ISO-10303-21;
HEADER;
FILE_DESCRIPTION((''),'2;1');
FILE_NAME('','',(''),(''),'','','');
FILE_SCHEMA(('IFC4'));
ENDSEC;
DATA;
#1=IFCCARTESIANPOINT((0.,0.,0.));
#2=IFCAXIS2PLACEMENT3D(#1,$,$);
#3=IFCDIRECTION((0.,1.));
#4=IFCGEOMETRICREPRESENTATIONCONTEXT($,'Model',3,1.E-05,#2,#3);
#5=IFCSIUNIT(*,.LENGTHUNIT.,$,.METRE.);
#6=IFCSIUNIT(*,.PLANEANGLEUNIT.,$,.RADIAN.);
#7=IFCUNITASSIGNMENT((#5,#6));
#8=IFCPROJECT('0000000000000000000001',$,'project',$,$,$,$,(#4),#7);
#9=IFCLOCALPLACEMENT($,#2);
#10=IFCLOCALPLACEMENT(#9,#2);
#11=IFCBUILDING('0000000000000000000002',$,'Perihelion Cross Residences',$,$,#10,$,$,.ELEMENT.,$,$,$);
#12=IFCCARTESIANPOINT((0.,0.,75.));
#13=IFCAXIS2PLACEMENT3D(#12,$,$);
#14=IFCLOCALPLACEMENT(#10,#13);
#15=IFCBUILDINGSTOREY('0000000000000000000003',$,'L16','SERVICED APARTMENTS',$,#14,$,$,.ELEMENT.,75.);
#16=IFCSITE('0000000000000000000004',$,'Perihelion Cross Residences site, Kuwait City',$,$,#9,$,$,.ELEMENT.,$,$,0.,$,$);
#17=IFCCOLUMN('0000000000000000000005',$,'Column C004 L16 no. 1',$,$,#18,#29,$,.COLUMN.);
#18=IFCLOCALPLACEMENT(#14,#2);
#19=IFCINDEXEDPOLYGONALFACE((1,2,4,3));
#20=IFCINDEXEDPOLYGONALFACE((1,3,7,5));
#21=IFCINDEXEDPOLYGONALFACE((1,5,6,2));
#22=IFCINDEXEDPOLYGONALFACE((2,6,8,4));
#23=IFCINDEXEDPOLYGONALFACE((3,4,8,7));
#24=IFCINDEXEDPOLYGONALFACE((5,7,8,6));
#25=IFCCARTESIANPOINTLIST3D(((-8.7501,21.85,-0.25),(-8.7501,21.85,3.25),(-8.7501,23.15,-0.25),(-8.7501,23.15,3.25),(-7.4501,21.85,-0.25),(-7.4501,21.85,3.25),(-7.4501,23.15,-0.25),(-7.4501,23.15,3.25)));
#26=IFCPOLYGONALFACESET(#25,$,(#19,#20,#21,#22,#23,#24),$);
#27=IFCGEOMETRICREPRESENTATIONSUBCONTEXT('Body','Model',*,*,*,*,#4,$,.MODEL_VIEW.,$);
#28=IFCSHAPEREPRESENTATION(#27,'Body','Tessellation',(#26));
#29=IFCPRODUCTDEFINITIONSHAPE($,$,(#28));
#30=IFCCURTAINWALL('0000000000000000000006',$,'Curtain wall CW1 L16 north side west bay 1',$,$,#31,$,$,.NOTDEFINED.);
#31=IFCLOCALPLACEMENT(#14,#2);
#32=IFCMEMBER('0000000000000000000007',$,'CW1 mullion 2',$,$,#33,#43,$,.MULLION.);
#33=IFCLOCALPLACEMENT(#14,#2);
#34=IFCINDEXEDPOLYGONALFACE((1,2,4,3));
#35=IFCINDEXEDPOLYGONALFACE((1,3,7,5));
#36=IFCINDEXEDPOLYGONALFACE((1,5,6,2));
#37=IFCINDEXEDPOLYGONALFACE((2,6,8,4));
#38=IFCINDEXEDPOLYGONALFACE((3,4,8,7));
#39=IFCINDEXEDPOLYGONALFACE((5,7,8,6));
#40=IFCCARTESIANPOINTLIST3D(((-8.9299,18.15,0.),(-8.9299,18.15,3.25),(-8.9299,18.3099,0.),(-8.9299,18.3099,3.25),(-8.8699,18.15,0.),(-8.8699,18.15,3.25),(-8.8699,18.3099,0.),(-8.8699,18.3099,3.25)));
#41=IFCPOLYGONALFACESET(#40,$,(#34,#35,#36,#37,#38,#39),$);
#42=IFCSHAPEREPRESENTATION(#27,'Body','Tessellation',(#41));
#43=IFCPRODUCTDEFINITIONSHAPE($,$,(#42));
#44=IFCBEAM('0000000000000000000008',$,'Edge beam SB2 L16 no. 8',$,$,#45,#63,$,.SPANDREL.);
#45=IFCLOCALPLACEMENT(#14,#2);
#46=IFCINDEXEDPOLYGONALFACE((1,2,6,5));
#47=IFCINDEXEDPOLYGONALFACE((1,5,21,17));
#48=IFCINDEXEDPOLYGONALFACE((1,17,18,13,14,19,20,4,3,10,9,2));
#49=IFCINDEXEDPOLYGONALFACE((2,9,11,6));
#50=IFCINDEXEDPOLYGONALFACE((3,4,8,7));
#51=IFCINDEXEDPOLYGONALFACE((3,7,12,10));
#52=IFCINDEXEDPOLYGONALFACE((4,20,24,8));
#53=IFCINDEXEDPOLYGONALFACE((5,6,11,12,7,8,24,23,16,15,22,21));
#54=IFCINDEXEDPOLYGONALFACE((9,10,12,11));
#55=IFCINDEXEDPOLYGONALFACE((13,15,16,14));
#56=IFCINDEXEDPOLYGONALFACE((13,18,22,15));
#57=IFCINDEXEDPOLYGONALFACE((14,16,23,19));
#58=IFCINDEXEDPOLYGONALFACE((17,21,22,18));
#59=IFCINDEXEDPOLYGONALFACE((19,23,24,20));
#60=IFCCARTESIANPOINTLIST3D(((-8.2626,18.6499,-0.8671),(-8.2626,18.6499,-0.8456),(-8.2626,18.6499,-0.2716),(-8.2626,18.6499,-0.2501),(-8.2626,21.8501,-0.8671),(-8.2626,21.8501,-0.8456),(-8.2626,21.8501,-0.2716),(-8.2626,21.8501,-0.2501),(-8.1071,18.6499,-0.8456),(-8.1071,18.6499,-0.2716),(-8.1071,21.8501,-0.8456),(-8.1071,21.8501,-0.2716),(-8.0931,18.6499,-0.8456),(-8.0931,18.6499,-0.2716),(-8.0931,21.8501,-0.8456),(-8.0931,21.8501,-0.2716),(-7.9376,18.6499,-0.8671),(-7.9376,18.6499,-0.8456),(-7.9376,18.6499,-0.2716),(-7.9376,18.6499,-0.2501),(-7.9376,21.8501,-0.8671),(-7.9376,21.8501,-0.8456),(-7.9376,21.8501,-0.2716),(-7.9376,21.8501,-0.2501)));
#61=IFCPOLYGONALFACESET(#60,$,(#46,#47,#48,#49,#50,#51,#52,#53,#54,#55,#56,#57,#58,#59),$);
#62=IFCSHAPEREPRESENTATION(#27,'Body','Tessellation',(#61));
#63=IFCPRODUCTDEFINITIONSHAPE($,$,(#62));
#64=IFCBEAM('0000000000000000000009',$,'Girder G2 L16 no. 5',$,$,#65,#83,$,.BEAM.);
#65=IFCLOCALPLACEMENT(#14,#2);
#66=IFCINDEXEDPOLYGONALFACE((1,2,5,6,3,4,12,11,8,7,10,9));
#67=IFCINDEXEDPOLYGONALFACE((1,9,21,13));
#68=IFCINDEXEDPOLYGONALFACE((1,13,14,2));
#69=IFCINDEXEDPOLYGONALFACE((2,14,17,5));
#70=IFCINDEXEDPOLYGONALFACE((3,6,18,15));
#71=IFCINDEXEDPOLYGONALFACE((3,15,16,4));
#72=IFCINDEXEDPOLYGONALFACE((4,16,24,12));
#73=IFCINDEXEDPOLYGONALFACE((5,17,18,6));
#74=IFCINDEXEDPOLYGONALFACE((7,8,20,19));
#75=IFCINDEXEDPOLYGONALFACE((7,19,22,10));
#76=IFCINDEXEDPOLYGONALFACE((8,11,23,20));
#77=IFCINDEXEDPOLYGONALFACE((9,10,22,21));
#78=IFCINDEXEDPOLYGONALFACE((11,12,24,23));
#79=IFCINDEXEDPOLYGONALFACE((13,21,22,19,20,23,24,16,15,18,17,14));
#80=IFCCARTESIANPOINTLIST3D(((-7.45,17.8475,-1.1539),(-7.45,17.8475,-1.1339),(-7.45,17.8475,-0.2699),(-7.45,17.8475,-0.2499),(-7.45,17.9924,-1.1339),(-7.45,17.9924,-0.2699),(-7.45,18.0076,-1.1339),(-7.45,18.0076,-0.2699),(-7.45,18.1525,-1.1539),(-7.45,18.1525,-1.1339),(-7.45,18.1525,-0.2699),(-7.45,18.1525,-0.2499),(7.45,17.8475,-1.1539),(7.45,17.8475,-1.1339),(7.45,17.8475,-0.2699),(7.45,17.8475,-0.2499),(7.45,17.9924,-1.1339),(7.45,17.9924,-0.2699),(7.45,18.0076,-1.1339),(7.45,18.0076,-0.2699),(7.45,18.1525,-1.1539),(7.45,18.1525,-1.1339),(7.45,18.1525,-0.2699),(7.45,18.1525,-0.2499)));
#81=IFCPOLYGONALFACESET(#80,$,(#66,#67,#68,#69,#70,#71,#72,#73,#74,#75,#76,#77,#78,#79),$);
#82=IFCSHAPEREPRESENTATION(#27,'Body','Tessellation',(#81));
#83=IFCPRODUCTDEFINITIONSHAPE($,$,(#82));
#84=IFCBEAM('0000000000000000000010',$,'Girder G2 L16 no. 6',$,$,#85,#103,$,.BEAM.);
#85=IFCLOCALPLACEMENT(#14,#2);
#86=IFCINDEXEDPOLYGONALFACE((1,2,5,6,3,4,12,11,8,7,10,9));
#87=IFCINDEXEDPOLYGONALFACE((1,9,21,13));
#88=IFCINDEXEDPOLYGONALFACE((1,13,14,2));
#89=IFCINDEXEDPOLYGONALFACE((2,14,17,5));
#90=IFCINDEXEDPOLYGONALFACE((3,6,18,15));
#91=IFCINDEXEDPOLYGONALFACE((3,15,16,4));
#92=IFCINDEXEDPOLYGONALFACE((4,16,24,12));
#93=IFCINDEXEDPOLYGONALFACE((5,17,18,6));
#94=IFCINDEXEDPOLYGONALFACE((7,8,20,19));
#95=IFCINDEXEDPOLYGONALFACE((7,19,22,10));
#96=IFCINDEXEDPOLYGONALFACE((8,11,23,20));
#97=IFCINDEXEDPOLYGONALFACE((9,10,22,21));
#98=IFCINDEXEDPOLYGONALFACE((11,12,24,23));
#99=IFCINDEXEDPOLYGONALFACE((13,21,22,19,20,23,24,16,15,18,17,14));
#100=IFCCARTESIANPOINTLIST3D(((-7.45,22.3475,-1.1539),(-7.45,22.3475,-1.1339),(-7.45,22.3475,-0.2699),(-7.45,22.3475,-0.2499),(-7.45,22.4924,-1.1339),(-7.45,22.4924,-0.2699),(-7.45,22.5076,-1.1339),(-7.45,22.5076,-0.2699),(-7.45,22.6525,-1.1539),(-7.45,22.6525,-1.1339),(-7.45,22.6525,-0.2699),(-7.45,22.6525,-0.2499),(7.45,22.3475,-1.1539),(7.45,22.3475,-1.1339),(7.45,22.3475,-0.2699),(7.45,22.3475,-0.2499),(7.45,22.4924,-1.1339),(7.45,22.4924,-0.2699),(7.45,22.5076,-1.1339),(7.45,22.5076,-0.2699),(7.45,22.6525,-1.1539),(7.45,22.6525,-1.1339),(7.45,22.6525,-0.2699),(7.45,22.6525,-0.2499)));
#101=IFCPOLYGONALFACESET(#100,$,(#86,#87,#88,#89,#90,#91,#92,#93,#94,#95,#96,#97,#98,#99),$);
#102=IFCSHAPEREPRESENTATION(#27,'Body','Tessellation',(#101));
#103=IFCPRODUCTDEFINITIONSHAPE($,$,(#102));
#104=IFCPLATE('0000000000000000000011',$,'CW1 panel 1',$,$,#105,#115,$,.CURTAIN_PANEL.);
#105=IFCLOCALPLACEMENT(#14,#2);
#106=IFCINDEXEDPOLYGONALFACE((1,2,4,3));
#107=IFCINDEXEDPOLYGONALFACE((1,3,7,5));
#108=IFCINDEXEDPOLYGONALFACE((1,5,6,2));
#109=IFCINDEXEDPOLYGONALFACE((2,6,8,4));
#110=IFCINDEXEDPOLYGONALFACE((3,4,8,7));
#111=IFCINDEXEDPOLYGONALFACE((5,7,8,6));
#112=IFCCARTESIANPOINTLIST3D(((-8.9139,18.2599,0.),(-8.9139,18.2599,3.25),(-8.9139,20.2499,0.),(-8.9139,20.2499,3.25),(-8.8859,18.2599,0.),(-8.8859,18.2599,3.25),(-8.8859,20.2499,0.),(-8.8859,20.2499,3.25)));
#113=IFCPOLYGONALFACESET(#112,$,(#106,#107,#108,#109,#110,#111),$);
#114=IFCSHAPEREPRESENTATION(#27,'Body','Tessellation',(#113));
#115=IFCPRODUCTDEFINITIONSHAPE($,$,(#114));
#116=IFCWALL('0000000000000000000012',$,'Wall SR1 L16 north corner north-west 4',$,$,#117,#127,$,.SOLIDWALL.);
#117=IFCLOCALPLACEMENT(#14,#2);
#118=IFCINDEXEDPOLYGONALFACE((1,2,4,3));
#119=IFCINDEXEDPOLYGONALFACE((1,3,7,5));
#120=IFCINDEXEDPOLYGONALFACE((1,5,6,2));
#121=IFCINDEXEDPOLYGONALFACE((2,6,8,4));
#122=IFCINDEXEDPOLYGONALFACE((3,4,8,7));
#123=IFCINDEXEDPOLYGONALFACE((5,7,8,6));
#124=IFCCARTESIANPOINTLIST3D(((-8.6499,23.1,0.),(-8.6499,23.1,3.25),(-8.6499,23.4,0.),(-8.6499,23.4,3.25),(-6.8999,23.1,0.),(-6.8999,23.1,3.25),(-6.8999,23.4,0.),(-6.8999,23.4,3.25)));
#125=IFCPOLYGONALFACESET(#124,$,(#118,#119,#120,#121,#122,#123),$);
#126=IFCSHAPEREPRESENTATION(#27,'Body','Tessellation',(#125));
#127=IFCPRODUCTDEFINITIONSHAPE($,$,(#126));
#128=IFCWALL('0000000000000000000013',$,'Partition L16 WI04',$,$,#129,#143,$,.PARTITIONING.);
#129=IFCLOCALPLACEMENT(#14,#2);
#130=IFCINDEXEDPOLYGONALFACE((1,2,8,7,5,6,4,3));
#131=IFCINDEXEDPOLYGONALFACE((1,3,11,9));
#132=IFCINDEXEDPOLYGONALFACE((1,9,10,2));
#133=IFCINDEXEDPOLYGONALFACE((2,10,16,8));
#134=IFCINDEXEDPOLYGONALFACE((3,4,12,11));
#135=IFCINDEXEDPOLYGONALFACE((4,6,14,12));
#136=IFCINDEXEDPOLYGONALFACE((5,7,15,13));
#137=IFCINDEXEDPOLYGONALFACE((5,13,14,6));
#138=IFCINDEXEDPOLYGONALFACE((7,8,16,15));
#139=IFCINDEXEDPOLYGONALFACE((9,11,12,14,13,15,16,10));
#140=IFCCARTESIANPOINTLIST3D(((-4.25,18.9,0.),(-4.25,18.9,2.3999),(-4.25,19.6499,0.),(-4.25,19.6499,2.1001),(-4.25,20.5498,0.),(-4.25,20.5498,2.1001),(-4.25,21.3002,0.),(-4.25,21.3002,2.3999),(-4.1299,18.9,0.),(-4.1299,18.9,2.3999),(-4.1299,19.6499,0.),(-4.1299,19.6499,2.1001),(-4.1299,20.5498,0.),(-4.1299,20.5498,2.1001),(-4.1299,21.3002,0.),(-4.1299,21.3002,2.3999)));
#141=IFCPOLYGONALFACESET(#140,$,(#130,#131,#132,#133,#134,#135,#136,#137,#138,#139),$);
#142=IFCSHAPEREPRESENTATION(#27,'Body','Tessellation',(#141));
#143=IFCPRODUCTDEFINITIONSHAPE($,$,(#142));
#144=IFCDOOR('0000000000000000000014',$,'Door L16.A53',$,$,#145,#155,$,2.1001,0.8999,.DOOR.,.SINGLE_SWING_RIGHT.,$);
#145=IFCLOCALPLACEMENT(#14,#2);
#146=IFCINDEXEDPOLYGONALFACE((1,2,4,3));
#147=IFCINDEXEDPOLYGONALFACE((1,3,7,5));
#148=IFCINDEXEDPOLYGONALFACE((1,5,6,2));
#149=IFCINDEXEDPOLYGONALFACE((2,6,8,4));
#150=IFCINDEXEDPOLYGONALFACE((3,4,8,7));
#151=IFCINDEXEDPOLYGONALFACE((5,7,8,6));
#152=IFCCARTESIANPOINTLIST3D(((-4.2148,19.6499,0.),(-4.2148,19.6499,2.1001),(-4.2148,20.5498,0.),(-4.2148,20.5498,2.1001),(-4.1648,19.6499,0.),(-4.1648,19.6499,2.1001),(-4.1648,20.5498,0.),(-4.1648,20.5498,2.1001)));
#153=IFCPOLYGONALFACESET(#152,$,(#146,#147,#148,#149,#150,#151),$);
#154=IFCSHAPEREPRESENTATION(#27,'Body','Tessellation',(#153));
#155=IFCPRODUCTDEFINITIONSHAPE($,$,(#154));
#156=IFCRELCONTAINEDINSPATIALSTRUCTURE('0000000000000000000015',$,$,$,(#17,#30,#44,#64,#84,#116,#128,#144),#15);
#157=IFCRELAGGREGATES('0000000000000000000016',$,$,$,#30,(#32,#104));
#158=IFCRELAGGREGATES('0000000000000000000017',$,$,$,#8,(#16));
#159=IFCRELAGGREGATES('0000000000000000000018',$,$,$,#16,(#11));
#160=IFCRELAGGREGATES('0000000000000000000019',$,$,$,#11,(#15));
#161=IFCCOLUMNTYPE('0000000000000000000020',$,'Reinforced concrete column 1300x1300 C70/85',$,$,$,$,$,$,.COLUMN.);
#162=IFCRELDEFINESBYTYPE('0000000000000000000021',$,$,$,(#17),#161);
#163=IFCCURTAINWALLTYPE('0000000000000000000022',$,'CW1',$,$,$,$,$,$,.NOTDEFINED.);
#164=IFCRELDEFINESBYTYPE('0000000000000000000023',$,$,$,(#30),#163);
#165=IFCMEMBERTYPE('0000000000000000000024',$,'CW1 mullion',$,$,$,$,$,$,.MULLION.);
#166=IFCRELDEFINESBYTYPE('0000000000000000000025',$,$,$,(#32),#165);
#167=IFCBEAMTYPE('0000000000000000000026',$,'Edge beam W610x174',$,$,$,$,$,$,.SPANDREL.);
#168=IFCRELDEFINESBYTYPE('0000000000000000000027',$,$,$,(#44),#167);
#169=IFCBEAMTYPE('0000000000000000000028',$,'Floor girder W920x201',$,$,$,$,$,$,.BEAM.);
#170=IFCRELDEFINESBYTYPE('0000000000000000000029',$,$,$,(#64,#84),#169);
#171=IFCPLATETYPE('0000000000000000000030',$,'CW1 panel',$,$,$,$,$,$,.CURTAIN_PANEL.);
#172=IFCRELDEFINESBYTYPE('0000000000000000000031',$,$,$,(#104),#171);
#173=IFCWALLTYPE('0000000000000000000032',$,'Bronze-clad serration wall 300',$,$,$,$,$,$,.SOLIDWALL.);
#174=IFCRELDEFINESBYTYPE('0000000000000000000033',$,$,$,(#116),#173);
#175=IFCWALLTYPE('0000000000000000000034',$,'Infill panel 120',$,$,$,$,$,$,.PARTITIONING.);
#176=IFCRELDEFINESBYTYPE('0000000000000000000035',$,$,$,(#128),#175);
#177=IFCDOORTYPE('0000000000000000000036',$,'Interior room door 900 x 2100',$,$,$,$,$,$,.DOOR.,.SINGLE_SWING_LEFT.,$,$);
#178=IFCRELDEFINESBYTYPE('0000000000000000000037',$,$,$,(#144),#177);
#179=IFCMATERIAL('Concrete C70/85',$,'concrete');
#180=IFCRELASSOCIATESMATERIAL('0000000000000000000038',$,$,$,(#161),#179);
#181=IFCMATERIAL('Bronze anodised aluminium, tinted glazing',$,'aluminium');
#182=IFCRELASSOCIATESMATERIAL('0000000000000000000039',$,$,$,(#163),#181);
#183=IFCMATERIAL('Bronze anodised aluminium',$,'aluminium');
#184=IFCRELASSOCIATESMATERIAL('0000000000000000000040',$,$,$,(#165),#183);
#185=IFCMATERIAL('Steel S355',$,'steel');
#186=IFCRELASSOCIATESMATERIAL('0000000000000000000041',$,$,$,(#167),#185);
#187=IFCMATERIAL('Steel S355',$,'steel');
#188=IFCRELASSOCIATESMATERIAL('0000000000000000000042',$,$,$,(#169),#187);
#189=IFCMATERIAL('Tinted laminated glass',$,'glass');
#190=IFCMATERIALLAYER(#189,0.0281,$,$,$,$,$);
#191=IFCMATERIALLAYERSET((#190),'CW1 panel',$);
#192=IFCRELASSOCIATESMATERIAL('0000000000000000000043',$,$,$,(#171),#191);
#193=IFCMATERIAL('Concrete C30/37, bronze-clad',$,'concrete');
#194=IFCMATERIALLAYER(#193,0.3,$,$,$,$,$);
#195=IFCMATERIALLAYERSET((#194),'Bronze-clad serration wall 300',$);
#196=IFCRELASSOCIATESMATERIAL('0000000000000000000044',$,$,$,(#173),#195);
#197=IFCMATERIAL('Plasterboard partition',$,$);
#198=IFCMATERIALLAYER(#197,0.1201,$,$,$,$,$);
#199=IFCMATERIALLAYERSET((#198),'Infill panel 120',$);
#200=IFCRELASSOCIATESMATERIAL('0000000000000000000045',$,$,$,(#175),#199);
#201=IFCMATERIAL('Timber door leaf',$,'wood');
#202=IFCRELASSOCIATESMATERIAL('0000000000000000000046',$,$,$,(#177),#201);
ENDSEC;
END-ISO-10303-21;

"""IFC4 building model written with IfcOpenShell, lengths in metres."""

from ifc_helpers import new_model, si_unit, direction, frame, frame_2d, origin, origin_2d, place, context, subcontext, project, spatial, rectangle, i_section, extrude, material, layer, layer_set, material_profile, profile_set, type_object, element, fill, aggregate, save


model = new_model("IFC4")

# Units and contexts
model_context = context("Model", 3, precision=1e-05, world=origin(), true_north=direction((0.0, 1.0)))
body_context = subcontext(model_context, "Body", "Model", "MODEL_VIEW")
ifc_project = project(units=[si_unit("LENGTHUNIT", "METRE"), si_unit("PLANEANGLEUNIT", "RADIAN")], contexts=[model_context])

# Site, building, storey
site_placement = place(None, origin())
site = spatial("IfcSite", under=ifc_project, at=site_placement, Name="Perihelion Cross Residences site, Kuwait City", CompositionType="ELEMENT", RefElevation=0.0)
building_placement = place(site_placement, origin())
building = spatial("IfcBuilding", under=site, at=building_placement, Name="Perihelion Cross Residences", CompositionType="ELEMENT")
storey_placement = place(building_placement, frame((0.0, 0.0, 75.0)))
storey = spatial("IfcBuildingStorey", under=building, at=storey_placement, Name="L16", Description="SERVICED APARTMENTS", CompositionType="ELEMENT", Elevation=75.0)

# Column
ifc_material_1 = material(Name="Concrete C70/85", Category="concrete")
ifc_material_profile_1 = material_profile(ifc_material_1, rectangle(XDim=1.3, YDim=1.3, at=origin_2d()), Name="RC 1300x1300")
ifc_profile_set_1 = profile_set([ifc_material_profile_1], Name="Concrete C70/85")
column_type = type_object("IfcColumnType", Name="Reinforced concrete column 1300x1300 C70/85", PredefinedType="COLUMN", material=ifc_profile_set_1)
column_placement = place(storey_placement, frame((-8.1001, 22.5, -0.25), z_axis=(0.0, 0.0, 1.0), x_axis=(1.0, 0.0, 0.0)))
element("IfcColumn", 1, at=column_placement, inside=storey, type_object=column_type, Name="Column C004 L16 no. 1", PredefinedType="COLUMN", context=body_context, shape_type="SweptSolid", body=[
    extrude(rectangle(XDim=1.3, YDim=1.3, at=origin_2d()), origin(), (0.0, 0.0, 1.0), 3.5),
])

# Curtain wall, member
ifc_material_2 = material(Name="Bronze anodised aluminium, tinted glazing", Category="aluminium")
curtain_wall_type = type_object("IfcCurtainWallType", Name="CW1", PredefinedType="NOTDEFINED", material=ifc_material_2)
curtain_wall_placement = place(storey_placement, origin())
curtain_wall = element("IfcCurtainWall", 2, at=curtain_wall_placement, inside=storey, type_object=curtain_wall_type, Name="Curtain wall CW1 L16 north side west bay 1", PredefinedType="NOTDEFINED")
ifc_material_3 = material(Name="Bronze anodised aluminium", Category="aluminium")
ifc_material_profile_2 = material_profile(ifc_material_3, rectangle(XDim=0.0601, YDim=0.1599, at=origin_2d()), Name="CW1 mullion")
ifc_profile_set_2 = profile_set([ifc_material_profile_2], Name="Bronze anodised aluminium")
member_type = type_object("IfcMemberType", Name="CW1 mullion", PredefinedType="MULLION", material=ifc_profile_set_2)
member_placement = place(storey_placement, frame((-8.8999, 18.23, 0.0), z_axis=(0.0, 0.0, 1.0), x_axis=(1.0, 0.0, 0.0)))
member = element("IfcMember", 3, at=member_placement, type_object=member_type, Name="CW1 mullion 2", PredefinedType="MULLION", context=body_context, shape_type="SweptSolid", body=[
    extrude(rectangle(XDim=0.0601, YDim=0.1599, at=origin_2d()), origin(), (0.0, 0.0, 1.0), 3.25),
])

# Beams
ifc_material_4 = material(Name="Steel S355", Category="steel")
ifc_material_profile_3 = material_profile(ifc_material_4, i_section(OverallWidth=0.325, OverallDepth=0.6169, WebThickness=0.0139, FlangeThickness=0.0215, at=origin_2d()), Name="W610x174")
ifc_profile_set_3 = profile_set([ifc_material_profile_3], Name="Steel S355")
beam_type_1 = type_object("IfcBeamType", Name="Edge beam W610x174", PredefinedType="SPANDREL", material=ifc_profile_set_3)
beam_placement = place(storey_placement, frame((-8.1001, 21.8501, -0.5586), z_axis=(0.0, -1.0, 0.0), x_axis=(1.0, 0.0, 0.0)))
element("IfcBeam", 4, at=beam_placement, inside=storey, type_object=beam_type_1, Name="Edge beam SB2 L16 no. 8", PredefinedType="SPANDREL", context=body_context, shape_type="SweptSolid", body=[
    extrude(i_section(OverallWidth=0.325, OverallDepth=0.6169, WebThickness=0.0139, FlangeThickness=0.0215, at=origin_2d()), origin(), (0.0, 0.0, 1.0), 3.2002),
])
ifc_material_5 = material(Name="Steel S355", Category="steel")
ifc_material_profile_4 = material_profile(ifc_material_5, i_section(OverallWidth=0.3049, OverallDepth=0.9041, WebThickness=0.0151, FlangeThickness=0.02, at=origin_2d()), Name="W920x201")
ifc_profile_set_4 = profile_set([ifc_material_profile_4], Name="Steel S355")
beam_type_2 = type_object("IfcBeamType", Name="Floor girder W920x201", PredefinedType="BEAM", material=ifc_profile_set_4)
for number, where, z_axis, x_axis, name in (
    (5, (-7.45, 18.0, -0.7019), (1.0, 0.0, 0.0), (0.0, 1.0, 0.0), "Girder G2 L16 no. 5"),
    (6, (-7.45, 22.5, -0.7019), (1.0, 0.0, 0.0), (0.0, 1.0, 0.0), "Girder G2 L16 no. 6"),
):
    element("IfcBeam", number, at=place(storey_placement, frame(where, z_axis=z_axis, x_axis=x_axis)), inside=storey, type_object=beam_type_2, Name=name, PredefinedType="BEAM", context=body_context, shape_type="SweptSolid", body=[
        extrude(i_section(OverallWidth=0.3049, OverallDepth=0.9041, WebThickness=0.0151, FlangeThickness=0.02, at=origin_2d()), origin(), (0.0, 0.0, 1.0), 14.8999),
    ])

# Plate
ifc_material_6 = material(Name="Tinted laminated glass", Category="glass")
ifc_layer_1 = layer(ifc_material_6, 0.0281)
ifc_layer_set_1 = layer_set([ifc_layer_1], Name="CW1 panel")
plate_type = type_object("IfcPlateType", Name="CW1 panel", PredefinedType="CURTAIN_PANEL", material=ifc_layer_set_1)
plate_placement = place(storey_placement, frame((-8.8999, 19.2549, 0.0), z_axis=(0.0, 0.0, 1.0), x_axis=(0.0, -1.0, 0.0)))
plate = element("IfcPlate", 7, at=plate_placement, type_object=plate_type, Name="CW1 panel 1", PredefinedType="CURTAIN_PANEL", context=body_context, shape_type="SweptSolid", body=[
    extrude(rectangle(XDim=1.99, YDim=0.0281, at=origin_2d()), origin(), (0.0, 0.0, 1.0), 3.25),
])
aggregate(curtain_wall, [member, plate])

# Wall
ifc_material_7 = material(Name="Concrete C30/37, bronze-clad", Category="concrete")
ifc_layer_2 = layer(ifc_material_7, 0.3)
ifc_layer_set_2 = layer_set([ifc_layer_2], Name="Bronze-clad serration wall 300")
wall_type_1 = type_object("IfcWallType", Name="Bronze-clad serration wall 300", PredefinedType="SOLIDWALL", material=ifc_layer_set_2)
wall_1_placement = place(storey_placement, frame((-6.8999, 23.25, 0.0), z_axis=(0.0, 0.0, 1.0), x_axis=(-1.0, 0.0, 0.0)))
element("IfcWall", 8, at=wall_1_placement, inside=storey, type_object=wall_type_1, Name="Wall SR1 L16 north corner north-west 4", PredefinedType="SOLIDWALL", context=body_context, shape_type="SweptSolid", body=[
    extrude(rectangle(XDim=1.75, YDim=0.3, at=frame_2d((0.875, 0.0))), origin(), (0.0, 0.0, 1.0), 3.25),
])

# Wall, opening, door
ifc_material_8 = material(Name="Plasterboard partition")
ifc_layer_3 = layer(ifc_material_8, 0.1201)
ifc_layer_set_3 = layer_set([ifc_layer_3], Name="Infill panel 120")
wall_type_2 = type_object("IfcWallType", Name="Infill panel 120", PredefinedType="PARTITIONING", material=ifc_layer_set_3)
wall_2_placement = place(storey_placement, frame((-4.1899, 18.8999, 0.0), z_axis=(0.0, 0.0, 1.0), x_axis=(0.0, 1.0, 0.0)))
wall_2 = element("IfcWall", 9, at=wall_2_placement, inside=storey, type_object=wall_type_2, Name="Partition L16 WI04", PredefinedType="PARTITIONING", context=body_context, shape_type="SweptSolid", body=[
    extrude(rectangle(XDim=2.4001, YDim=0.1201, at=frame_2d((1.2002, 0.0))), origin(), (0.0, 0.0, 1.0), 2.3999),
])
opening_1_placement = place(wall_2_placement, frame((0.75, 0.0, 0.0)))
opening_1 = element("IfcOpeningElement", 10, at=opening_1_placement, cuts=wall_2, PredefinedType="OPENING", context=body_context, shape_type="SweptSolid", body=[
    extrude(rectangle(XDim=0.8999, YDim=2.1001, at=frame_2d((0.45, 1.05))), frame((0.0, 0.0701, 0.0), z_axis=(0.0, -1.0, 0.0), x_axis=(1.0, 0.0, 0.0)), (0.0, 0.0, 1.0), 0.1401),
])
ifc_material_9 = material(Name="Timber door leaf", Category="wood")
door_type_1 = type_object("IfcDoorType", Name="Interior room door 900 x 2100", OperationType="SINGLE_SWING_LEFT", PredefinedType="DOOR", material=ifc_material_9)
door_1_placement = place(opening_1_placement, origin())
door_1 = element("IfcDoor", 11, at=door_1_placement, inside=storey, type_object=door_type_1, Name="Door L16.A53", OperationType="SINGLE_SWING_RIGHT", OverallHeight=2.1001, OverallWidth=0.8999, PredefinedType="DOOR", context=body_context, shape_type="SweptSolid", body=[
    extrude(rectangle(XDim=0.8999, YDim=2.1001, at=frame_2d((0.45, 1.05))), frame((0.0, 0.0249, 0.0), z_axis=(0.0, -1.0, 0.0), x_axis=(1.0, 0.0, 0.0)), (0.0, 0.0, 1.0), 0.05),
])
fill(opening_1, door_1)

save(model, "model.ifc")
